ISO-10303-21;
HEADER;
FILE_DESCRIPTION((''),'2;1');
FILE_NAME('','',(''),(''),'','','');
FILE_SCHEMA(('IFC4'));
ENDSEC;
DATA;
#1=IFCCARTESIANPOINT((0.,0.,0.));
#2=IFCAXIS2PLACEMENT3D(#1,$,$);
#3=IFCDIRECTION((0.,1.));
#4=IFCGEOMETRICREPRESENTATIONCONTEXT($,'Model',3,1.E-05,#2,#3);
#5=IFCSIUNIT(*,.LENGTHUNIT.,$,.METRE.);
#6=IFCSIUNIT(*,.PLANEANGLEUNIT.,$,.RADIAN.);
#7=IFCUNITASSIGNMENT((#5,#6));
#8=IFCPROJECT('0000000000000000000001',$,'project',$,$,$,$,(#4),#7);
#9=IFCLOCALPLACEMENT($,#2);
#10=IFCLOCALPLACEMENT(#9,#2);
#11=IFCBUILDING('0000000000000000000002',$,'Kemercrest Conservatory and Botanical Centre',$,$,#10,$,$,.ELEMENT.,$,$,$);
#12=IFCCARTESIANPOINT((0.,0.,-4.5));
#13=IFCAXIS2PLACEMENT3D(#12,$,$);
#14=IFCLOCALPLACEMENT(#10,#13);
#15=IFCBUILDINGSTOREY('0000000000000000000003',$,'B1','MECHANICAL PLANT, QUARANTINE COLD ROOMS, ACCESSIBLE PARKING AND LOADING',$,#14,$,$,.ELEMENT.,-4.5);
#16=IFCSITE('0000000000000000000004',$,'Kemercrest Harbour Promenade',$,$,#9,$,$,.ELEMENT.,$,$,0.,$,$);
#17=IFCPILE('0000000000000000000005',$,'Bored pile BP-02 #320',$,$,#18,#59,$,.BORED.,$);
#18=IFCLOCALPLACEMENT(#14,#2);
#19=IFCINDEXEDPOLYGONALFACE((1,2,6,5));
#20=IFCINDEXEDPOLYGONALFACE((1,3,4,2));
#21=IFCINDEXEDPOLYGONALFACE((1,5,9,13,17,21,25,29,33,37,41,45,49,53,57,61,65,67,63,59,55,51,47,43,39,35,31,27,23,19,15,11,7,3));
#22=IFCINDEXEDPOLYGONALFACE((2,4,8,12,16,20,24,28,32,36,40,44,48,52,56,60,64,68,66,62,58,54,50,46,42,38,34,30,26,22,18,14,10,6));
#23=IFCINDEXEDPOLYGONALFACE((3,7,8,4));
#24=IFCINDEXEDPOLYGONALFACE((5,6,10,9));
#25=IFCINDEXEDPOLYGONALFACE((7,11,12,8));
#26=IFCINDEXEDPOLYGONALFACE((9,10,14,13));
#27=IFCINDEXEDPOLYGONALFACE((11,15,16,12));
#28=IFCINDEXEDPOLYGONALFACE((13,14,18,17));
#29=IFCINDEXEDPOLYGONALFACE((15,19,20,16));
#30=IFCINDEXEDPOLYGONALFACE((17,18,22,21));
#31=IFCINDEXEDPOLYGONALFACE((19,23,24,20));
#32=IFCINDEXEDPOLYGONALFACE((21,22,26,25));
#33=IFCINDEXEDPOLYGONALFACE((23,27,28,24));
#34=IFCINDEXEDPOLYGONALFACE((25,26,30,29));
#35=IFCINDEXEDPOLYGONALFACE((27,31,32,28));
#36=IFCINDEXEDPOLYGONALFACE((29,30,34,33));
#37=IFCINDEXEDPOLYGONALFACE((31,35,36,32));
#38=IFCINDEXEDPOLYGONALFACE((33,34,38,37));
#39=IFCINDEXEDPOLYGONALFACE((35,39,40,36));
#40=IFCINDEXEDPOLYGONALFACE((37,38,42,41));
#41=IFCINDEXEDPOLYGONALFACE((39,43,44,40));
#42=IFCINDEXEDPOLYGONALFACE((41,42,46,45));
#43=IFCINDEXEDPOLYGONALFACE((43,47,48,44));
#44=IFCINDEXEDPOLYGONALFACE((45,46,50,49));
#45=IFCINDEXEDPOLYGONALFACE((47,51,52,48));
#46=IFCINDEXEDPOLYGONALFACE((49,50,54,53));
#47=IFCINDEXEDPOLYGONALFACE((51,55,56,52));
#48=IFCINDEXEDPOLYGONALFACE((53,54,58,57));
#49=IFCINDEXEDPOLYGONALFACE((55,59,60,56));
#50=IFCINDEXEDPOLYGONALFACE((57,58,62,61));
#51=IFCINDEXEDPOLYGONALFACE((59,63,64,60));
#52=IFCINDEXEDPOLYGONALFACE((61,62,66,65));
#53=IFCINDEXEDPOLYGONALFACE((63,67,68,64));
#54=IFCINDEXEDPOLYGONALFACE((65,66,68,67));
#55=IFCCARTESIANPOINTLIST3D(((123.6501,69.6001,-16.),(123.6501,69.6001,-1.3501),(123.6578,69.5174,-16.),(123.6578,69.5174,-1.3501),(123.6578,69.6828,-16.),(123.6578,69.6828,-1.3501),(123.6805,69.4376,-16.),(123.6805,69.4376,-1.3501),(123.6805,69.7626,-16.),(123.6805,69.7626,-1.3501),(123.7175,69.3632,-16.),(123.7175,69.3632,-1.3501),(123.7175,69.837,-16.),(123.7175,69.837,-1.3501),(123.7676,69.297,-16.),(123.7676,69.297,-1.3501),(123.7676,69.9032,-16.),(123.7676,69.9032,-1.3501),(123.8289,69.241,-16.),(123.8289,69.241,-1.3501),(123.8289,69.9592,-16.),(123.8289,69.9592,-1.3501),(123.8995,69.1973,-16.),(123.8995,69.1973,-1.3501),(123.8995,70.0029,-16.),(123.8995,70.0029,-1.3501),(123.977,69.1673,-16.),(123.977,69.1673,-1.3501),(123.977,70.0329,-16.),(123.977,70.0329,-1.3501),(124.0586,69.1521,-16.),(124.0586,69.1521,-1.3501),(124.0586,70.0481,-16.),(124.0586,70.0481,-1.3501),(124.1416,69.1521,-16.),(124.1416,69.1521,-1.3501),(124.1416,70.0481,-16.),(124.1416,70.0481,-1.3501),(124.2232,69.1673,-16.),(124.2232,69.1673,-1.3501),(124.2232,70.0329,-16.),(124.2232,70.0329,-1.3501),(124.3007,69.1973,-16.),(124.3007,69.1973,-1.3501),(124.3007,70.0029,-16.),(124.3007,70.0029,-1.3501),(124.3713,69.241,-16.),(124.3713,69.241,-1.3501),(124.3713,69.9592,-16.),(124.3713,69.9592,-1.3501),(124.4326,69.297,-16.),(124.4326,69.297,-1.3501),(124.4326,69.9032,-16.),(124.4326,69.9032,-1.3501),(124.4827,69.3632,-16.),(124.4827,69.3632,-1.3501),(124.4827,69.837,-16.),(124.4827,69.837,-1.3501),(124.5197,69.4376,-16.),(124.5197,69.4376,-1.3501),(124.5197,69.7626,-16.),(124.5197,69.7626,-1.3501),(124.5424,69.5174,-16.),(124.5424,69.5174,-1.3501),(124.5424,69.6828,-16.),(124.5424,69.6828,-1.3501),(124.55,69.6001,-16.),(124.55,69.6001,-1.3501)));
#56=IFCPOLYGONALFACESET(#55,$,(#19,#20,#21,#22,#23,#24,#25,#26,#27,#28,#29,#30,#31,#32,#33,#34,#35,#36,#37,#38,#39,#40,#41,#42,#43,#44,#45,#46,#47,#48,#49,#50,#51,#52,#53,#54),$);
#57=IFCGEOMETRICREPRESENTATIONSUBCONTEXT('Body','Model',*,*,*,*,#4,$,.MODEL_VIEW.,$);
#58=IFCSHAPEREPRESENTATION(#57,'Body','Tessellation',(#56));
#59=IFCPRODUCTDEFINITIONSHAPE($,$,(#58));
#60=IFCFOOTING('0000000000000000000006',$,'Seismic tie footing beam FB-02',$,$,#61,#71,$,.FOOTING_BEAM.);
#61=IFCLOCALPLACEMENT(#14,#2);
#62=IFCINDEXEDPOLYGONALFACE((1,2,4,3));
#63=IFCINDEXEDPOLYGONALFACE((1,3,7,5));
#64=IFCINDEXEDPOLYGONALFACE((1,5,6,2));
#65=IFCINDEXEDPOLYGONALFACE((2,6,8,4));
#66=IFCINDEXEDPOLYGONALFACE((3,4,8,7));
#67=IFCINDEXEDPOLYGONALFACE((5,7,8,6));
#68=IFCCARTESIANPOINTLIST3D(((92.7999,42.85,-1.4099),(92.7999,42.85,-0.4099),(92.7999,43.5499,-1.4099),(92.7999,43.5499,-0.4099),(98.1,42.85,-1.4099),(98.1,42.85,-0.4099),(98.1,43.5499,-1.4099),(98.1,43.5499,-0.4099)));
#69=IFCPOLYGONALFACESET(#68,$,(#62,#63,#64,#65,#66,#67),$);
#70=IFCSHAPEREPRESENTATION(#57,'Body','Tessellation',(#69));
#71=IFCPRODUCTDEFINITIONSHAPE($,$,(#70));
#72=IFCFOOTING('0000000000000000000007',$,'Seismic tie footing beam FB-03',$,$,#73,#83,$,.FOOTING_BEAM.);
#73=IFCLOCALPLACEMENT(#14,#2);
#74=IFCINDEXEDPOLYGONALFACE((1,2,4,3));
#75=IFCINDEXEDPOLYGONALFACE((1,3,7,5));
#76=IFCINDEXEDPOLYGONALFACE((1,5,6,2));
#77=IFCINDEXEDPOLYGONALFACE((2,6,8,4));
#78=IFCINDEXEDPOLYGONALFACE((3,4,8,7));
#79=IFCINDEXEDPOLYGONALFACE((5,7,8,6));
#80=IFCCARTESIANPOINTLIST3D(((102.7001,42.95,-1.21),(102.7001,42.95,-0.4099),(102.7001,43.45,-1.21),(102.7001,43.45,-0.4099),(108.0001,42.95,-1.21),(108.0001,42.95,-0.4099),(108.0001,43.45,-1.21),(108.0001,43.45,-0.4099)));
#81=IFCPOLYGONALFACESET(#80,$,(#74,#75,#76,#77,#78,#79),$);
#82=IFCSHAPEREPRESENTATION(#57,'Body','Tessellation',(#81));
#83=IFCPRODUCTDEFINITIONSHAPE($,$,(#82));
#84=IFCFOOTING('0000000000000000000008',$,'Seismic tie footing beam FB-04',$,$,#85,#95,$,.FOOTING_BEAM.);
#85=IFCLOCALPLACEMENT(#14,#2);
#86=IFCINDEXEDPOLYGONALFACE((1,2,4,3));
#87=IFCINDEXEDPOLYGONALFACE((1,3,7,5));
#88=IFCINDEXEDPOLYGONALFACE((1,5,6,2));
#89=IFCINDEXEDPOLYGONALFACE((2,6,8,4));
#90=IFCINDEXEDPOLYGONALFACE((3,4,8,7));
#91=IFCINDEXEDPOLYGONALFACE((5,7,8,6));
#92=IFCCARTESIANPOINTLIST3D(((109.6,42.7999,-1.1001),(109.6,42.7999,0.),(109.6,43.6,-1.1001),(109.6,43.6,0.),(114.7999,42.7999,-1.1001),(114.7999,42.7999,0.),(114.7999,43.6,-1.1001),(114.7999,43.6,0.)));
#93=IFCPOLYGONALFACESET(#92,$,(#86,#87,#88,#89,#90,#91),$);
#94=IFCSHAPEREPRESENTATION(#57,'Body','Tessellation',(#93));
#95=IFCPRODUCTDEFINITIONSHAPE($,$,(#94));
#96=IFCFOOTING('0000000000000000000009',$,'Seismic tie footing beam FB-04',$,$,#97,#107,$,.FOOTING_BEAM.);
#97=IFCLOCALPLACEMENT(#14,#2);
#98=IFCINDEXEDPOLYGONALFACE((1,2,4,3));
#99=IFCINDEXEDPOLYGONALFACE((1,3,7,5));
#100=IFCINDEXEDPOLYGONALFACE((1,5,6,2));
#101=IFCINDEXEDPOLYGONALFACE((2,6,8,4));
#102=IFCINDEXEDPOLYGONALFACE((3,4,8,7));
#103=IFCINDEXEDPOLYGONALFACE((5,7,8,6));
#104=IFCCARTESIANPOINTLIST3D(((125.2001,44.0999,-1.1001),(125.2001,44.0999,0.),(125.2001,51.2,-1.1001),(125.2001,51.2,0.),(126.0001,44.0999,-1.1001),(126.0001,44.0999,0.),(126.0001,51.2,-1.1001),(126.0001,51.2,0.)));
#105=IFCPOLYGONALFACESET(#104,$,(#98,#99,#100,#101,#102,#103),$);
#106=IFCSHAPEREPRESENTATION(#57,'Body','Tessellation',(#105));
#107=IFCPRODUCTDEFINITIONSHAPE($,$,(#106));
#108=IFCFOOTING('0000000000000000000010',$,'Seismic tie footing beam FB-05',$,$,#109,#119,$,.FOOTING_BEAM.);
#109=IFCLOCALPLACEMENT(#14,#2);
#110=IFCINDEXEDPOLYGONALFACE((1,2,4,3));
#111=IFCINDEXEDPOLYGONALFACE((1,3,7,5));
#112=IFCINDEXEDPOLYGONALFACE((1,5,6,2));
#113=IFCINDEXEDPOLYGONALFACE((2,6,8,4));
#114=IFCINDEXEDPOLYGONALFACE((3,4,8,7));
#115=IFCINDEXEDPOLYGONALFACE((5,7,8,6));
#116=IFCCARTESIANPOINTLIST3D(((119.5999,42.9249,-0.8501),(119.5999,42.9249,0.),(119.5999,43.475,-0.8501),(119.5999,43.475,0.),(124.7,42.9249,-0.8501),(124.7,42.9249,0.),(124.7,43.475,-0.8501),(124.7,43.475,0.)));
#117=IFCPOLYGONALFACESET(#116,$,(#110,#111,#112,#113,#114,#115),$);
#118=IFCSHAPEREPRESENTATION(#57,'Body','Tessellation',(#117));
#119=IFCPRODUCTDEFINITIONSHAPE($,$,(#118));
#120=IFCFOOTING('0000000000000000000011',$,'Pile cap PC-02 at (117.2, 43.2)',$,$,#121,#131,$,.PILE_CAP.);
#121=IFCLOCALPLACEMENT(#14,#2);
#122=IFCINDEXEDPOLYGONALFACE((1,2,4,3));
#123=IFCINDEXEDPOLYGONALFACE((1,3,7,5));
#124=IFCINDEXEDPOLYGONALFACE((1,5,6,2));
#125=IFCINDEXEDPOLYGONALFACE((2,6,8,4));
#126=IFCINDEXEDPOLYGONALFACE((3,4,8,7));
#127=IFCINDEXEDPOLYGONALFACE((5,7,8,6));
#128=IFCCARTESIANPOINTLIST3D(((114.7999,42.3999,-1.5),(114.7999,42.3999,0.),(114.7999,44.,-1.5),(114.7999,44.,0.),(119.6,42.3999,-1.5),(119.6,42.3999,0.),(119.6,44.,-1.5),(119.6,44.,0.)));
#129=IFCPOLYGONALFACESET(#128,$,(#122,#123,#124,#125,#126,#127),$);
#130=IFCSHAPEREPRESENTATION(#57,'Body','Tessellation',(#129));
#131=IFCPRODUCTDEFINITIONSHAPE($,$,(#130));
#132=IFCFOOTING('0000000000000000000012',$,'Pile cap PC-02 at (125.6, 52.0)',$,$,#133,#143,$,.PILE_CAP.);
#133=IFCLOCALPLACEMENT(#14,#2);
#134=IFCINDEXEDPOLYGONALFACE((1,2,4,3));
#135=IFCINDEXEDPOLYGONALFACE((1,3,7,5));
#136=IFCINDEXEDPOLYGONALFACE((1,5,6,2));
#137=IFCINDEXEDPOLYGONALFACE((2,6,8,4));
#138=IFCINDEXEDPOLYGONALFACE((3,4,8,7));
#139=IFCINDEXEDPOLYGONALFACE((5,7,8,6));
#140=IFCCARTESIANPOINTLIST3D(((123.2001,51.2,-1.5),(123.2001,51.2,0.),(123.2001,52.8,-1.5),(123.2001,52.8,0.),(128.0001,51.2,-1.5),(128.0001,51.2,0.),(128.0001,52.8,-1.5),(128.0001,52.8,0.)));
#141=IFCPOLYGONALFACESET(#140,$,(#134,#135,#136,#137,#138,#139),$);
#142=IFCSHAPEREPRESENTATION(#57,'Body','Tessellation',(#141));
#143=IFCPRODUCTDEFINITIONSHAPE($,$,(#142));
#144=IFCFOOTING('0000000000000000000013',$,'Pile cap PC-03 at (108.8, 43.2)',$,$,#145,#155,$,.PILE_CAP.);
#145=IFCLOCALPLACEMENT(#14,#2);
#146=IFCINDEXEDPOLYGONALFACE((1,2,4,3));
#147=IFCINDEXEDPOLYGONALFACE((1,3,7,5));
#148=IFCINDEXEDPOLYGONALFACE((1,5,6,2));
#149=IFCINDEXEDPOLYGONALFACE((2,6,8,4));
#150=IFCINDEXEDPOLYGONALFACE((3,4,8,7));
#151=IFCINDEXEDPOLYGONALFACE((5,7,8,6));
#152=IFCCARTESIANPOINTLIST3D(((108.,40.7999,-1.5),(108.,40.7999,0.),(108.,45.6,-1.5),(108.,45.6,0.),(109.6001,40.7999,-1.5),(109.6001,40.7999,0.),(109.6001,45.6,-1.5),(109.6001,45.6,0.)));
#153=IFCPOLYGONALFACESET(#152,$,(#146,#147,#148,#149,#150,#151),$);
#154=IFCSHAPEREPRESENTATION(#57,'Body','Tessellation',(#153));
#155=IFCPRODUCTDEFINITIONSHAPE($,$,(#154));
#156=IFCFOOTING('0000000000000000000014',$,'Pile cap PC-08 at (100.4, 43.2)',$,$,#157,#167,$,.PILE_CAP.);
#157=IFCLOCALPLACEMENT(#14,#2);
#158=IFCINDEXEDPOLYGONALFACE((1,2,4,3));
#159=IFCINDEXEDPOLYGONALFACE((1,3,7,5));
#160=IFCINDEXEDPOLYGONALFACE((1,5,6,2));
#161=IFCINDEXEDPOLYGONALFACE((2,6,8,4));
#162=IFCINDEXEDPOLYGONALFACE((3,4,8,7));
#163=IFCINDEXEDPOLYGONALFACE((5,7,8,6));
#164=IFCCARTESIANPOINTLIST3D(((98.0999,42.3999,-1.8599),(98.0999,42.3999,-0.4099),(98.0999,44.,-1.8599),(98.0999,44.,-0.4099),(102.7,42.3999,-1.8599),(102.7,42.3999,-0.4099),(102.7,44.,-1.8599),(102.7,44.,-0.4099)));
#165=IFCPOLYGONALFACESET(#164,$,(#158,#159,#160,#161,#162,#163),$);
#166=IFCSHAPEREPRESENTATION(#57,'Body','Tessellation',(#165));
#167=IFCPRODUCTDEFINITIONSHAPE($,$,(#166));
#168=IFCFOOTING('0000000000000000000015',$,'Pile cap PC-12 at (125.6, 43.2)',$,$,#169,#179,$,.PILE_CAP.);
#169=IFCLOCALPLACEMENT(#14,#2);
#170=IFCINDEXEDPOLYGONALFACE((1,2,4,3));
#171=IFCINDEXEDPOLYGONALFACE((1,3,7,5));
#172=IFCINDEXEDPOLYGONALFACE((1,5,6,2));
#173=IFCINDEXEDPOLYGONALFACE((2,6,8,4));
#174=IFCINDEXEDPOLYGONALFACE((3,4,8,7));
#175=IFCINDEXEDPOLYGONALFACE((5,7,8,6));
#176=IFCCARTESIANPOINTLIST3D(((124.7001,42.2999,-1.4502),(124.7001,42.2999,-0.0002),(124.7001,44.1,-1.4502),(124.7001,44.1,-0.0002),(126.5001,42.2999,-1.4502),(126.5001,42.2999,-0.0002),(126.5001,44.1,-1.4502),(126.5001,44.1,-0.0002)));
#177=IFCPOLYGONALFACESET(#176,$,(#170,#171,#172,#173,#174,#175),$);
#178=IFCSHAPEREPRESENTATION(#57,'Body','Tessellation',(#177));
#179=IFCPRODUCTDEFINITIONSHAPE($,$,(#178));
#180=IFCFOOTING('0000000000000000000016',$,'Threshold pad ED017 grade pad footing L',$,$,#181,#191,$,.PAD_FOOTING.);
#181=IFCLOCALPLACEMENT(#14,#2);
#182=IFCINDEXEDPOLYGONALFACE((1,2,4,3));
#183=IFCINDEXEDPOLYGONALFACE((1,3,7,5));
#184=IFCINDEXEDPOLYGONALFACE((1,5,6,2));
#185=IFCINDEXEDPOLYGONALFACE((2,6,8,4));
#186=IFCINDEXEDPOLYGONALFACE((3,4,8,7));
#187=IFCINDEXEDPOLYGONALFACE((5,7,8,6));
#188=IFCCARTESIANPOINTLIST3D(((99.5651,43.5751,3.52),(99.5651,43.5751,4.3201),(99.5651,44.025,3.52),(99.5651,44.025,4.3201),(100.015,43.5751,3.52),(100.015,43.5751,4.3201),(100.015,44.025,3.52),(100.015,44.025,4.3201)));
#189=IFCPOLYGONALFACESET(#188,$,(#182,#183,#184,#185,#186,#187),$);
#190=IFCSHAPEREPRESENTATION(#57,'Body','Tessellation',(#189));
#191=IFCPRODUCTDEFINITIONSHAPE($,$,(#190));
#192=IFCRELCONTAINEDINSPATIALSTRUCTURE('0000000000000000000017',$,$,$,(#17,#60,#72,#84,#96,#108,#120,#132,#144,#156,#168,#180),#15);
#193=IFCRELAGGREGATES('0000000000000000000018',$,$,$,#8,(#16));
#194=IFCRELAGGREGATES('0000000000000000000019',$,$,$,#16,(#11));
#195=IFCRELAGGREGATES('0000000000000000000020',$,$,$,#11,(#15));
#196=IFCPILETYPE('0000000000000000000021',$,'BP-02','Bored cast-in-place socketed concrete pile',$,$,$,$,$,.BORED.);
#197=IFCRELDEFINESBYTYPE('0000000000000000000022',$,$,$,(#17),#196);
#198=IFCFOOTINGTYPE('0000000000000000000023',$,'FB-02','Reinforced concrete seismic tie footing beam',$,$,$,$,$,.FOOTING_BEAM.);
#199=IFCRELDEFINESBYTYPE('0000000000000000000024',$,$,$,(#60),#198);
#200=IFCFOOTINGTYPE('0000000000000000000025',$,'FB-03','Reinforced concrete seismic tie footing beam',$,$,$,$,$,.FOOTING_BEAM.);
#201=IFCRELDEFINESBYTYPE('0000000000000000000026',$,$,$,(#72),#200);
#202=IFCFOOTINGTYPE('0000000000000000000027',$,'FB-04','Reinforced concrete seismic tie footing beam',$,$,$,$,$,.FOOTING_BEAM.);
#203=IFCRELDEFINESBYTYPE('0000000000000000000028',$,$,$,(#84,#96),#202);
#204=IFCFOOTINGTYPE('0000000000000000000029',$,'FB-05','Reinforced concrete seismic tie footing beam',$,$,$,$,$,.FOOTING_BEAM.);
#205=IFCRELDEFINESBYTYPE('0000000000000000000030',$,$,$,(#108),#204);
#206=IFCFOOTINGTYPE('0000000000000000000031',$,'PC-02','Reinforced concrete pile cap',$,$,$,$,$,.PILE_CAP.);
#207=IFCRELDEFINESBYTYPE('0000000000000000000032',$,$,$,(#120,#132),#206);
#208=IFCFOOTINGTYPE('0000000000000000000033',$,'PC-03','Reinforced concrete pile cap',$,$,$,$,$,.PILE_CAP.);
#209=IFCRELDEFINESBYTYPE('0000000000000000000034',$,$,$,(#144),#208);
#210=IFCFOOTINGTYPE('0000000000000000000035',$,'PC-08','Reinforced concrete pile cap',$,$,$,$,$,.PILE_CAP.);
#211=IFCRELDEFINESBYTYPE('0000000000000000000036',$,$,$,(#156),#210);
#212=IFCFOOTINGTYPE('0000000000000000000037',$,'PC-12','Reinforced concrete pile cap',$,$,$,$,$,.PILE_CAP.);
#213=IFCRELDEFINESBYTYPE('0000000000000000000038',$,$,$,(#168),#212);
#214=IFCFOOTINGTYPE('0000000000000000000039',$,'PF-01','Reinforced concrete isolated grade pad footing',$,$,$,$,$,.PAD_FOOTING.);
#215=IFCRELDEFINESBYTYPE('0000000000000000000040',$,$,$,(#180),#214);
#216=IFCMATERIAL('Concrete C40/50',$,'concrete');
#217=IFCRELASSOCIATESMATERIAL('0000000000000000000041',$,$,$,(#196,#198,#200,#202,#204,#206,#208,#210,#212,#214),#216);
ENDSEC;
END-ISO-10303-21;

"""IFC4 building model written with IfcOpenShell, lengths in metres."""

from ifc_helpers import new_model, si_unit, direction, frame, origin, origin_2d, place, context, subcontext, project, spatial, rectangle, circle, extrude, material, material_profile, profile_set, type_object, element, save


model = new_model("IFC4")

# Units and contexts
model_context = context("Model", 3, precision=1e-05, world=origin(), true_north=direction((0.0, 1.0)))
body_context = subcontext(model_context, "Body", "Model", "MODEL_VIEW")
ifc_project = project(units=[si_unit("LENGTHUNIT", "METRE"), si_unit("PLANEANGLEUNIT", "RADIAN")], contexts=[model_context])

# Site, building, storey
site_placement = place(None, origin())
site = spatial("IfcSite", under=ifc_project, at=site_placement, Name="Kemercrest Harbour Promenade", CompositionType="ELEMENT", RefElevation=0.0)
building_placement = place(site_placement, origin())
building = spatial("IfcBuilding", under=site, at=building_placement, Name="Kemercrest Conservatory and Botanical Centre", CompositionType="ELEMENT")
storey_placement = place(building_placement, frame((0.0, 0.0, -4.5)))
storey = spatial("IfcBuildingStorey", under=building, at=storey_placement, Name="B1", Description="MECHANICAL PLANT, QUARANTINE COLD ROOMS, ACCESSIBLE PARKING AND LOADING", CompositionType="ELEMENT", Elevation=-4.5)

# Pile
ifc_material_1 = material(Name="Concrete C40/50", Category="concrete")
ifc_material_profile_1 = material_profile(ifc_material_1, circle(Radius=0.45, at=origin_2d()), Name="BORED PILE 900")
ifc_profile_set_1 = profile_set([ifc_material_profile_1], Name="Concrete C40/50")
pile_type_1 = type_object("IfcPileType", Name="BP-02", Description="Bored cast-in-place socketed concrete pile", PredefinedType="BORED", material=ifc_profile_set_1)
pile_1_placement = place(storey_placement, frame((124.1001, 69.6001, -1.3501), z_axis=(0.0, 0.0, -1.0), x_axis=(1.0, 0.0, 0.0)))
element("IfcPile", 1, at=pile_1_placement, inside=storey, type_object=pile_type_1, Name="Bored pile BP-02 #320", PredefinedType="BORED", context=body_context, shape_type="SweptSolid", body=[
    extrude(circle(Radius=0.45, at=origin_2d()), origin(), (0.0, 0.0, 1.0), 14.6499),
])

# Footings
footing_type_1 = type_object("IfcFootingType", Name="FB-02", Description="Reinforced concrete seismic tie footing beam", PredefinedType="FOOTING_BEAM", material=ifc_material_1)
footing_1_placement = place(storey_placement, frame((95.45, 43.2, -1.4099), z_axis=(0.0, 0.0, 1.0), x_axis=(1.0, 0.0, 0.0)))
element("IfcFooting", 2, at=footing_1_placement, inside=storey, type_object=footing_type_1, Name="Seismic tie footing beam FB-02", PredefinedType="FOOTING_BEAM", context=body_context, shape_type="SweptSolid", body=[
    extrude(rectangle(XDim=5.3, YDim=0.7, at=origin_2d()), origin(), (0.0, 0.0, 1.0), 1.0),
])
footing_type_2 = type_object("IfcFootingType", Name="FB-03", Description="Reinforced concrete seismic tie footing beam", PredefinedType="FOOTING_BEAM", material=ifc_material_1)
footing_2_placement = place(storey_placement, frame((105.3501, 43.2, -1.21), z_axis=(0.0, 0.0, 1.0), x_axis=(1.0, 0.0, 0.0)))
element("IfcFooting", 3, at=footing_2_placement, inside=storey, type_object=footing_type_2, Name="Seismic tie footing beam FB-03", PredefinedType="FOOTING_BEAM", context=body_context, shape_type="SweptSolid", body=[
    extrude(rectangle(XDim=5.3, YDim=0.5, at=origin_2d()), origin(), (0.0, 0.0, 1.0), 0.8),
])
footing_type_3 = type_object("IfcFootingType", Name="FB-04", Description="Reinforced concrete seismic tie footing beam", PredefinedType="FOOTING_BEAM", material=ifc_material_1)
footing_3_placement = place(storey_placement, frame((112.2, 43.2, -1.1001), z_axis=(0.0, 0.0, 1.0), x_axis=(1.0, 0.0, 0.0)))
element("IfcFooting", 4, at=footing_3_placement, inside=storey, type_object=footing_type_3, Name="Seismic tie footing beam FB-04", PredefinedType="FOOTING_BEAM", context=body_context, shape_type="SweptSolid", body=[
    extrude(rectangle(XDim=5.2, YDim=0.8, at=origin_2d()), origin(), (0.0, 0.0, 1.0), 1.1001),
])
footing_4_placement = place(storey_placement, frame((125.6001, 47.6499, -1.1001), z_axis=(0.0, 0.0, 1.0), x_axis=(1.0, 0.0, 0.0)))
element("IfcFooting", 5, at=footing_4_placement, inside=storey, type_object=footing_type_3, Name="Seismic tie footing beam FB-04", PredefinedType="FOOTING_BEAM", context=body_context, shape_type="SweptSolid", body=[
    extrude(rectangle(XDim=0.8, YDim=7.1001, at=origin_2d()), origin(), (0.0, 0.0, 1.0), 1.1001),
])
footing_type_4 = type_object("IfcFootingType", Name="FB-05", Description="Reinforced concrete seismic tie footing beam", PredefinedType="FOOTING_BEAM", material=ifc_material_1)
footing_5_placement = place(storey_placement, frame((122.1499, 43.2, -0.8501), z_axis=(0.0, 0.0, 1.0), x_axis=(1.0, 0.0, 0.0)))
element("IfcFooting", 6, at=footing_5_placement, inside=storey, type_object=footing_type_4, Name="Seismic tie footing beam FB-05", PredefinedType="FOOTING_BEAM", context=body_context, shape_type="SweptSolid", body=[
    extrude(rectangle(XDim=5.1001, YDim=0.55, at=origin_2d()), origin(), (0.0, 0.0, 1.0), 0.8501),
])
footing_type_5 = type_object("IfcFootingType", Name="PC-02", Description="Reinforced concrete pile cap", PredefinedType="PILE_CAP", material=ifc_material_1)
for number, where, z_axis, x_axis, name in (
    (7, (117.2, 43.2, -1.5), (0.0, 0.0, 1.0), (1.0, 0.0, 0.0), "Pile cap PC-02 at (117.2, 43.2)"),
    (8, (125.6001, 52.0, -1.5), (0.0, 0.0, 1.0), (1.0, 0.0, 0.0), "Pile cap PC-02 at (125.6, 52.0)"),
):
    element("IfcFooting", number, at=place(storey_placement, frame(where, z_axis=z_axis, x_axis=x_axis)), inside=storey, type_object=footing_type_5, Name=name, PredefinedType="PILE_CAP", context=body_context, shape_type="SweptSolid", body=[
        extrude(rectangle(XDim=4.8, YDim=1.6001, at=origin_2d()), origin(), (0.0, 0.0, 1.0), 1.5),
    ])
footing_type_6 = type_object("IfcFootingType", Name="PC-03", Description="Reinforced concrete pile cap", PredefinedType="PILE_CAP", material=ifc_material_1)
footing_6_placement = place(storey_placement, frame((108.8, 43.2, -1.5), z_axis=(0.0, 0.0, 1.0), x_axis=(1.0, 0.0, 0.0)))
element("IfcFooting", 9, at=footing_6_placement, inside=storey, type_object=footing_type_6, Name="Pile cap PC-03 at (108.8, 43.2)", PredefinedType="PILE_CAP", context=body_context, shape_type="SweptSolid", body=[
    extrude(rectangle(XDim=1.6001, YDim=4.8, at=origin_2d()), origin(), (0.0, 0.0, 1.0), 1.5),
])
footing_type_7 = type_object("IfcFootingType", Name="PC-08", Description="Reinforced concrete pile cap", PredefinedType="PILE_CAP", material=ifc_material_1)
footing_7_placement = place(storey_placement, frame((100.3999, 43.2, -1.8599), z_axis=(0.0, 0.0, 1.0), x_axis=(1.0, 0.0, 0.0)))
element("IfcFooting", 10, at=footing_7_placement, inside=storey, type_object=footing_type_7, Name="Pile cap PC-08 at (100.4, 43.2)", PredefinedType="PILE_CAP", context=body_context, shape_type="SweptSolid", body=[
    extrude(rectangle(XDim=4.6001, YDim=1.6001, at=origin_2d()), origin(), (0.0, 0.0, 1.0), 1.45),
])
footing_type_8 = type_object("IfcFootingType", Name="PC-12", Description="Reinforced concrete pile cap", PredefinedType="PILE_CAP", material=ifc_material_1)
footing_8_placement = place(storey_placement, frame((125.6001, 43.2, -1.4502), z_axis=(0.0, 0.0, 1.0), x_axis=(1.0, 0.0, 0.0)))
element("IfcFooting", 11, at=footing_8_placement, inside=storey, type_object=footing_type_8, Name="Pile cap PC-12 at (125.6, 43.2)", PredefinedType="PILE_CAP", context=body_context, shape_type="SweptSolid", body=[
    extrude(rectangle(XDim=1.8, YDim=1.8, at=origin_2d()), origin(), (0.0, 0.0, 1.0), 1.45),
])
footing_type_9 = type_object("IfcFootingType", Name="PF-01", Description="Reinforced concrete isolated grade pad footing", PredefinedType="PAD_FOOTING", material=ifc_material_1)
for number, where, z_axis, x_axis, name in (
    (12, (99.79, 43.8, 3.52), (0.0, 0.0, 1.0), (-1.0, 0.0, 0.0), "Threshold pad ED017 grade pad footing L"),
):
    element("IfcFooting", number, at=place(storey_placement, frame(where, z_axis=z_axis, x_axis=x_axis)), inside=storey, type_object=footing_type_9, Name=name, PredefinedType="PAD_FOOTING", context=body_context, shape_type="SweptSolid", body=[
        extrude(rectangle(XDim=0.45, YDim=0.45, at=origin_2d()), origin(), (0.0, 0.0, 1.0), 0.8),
    ])

save(model, "model.ifc")
